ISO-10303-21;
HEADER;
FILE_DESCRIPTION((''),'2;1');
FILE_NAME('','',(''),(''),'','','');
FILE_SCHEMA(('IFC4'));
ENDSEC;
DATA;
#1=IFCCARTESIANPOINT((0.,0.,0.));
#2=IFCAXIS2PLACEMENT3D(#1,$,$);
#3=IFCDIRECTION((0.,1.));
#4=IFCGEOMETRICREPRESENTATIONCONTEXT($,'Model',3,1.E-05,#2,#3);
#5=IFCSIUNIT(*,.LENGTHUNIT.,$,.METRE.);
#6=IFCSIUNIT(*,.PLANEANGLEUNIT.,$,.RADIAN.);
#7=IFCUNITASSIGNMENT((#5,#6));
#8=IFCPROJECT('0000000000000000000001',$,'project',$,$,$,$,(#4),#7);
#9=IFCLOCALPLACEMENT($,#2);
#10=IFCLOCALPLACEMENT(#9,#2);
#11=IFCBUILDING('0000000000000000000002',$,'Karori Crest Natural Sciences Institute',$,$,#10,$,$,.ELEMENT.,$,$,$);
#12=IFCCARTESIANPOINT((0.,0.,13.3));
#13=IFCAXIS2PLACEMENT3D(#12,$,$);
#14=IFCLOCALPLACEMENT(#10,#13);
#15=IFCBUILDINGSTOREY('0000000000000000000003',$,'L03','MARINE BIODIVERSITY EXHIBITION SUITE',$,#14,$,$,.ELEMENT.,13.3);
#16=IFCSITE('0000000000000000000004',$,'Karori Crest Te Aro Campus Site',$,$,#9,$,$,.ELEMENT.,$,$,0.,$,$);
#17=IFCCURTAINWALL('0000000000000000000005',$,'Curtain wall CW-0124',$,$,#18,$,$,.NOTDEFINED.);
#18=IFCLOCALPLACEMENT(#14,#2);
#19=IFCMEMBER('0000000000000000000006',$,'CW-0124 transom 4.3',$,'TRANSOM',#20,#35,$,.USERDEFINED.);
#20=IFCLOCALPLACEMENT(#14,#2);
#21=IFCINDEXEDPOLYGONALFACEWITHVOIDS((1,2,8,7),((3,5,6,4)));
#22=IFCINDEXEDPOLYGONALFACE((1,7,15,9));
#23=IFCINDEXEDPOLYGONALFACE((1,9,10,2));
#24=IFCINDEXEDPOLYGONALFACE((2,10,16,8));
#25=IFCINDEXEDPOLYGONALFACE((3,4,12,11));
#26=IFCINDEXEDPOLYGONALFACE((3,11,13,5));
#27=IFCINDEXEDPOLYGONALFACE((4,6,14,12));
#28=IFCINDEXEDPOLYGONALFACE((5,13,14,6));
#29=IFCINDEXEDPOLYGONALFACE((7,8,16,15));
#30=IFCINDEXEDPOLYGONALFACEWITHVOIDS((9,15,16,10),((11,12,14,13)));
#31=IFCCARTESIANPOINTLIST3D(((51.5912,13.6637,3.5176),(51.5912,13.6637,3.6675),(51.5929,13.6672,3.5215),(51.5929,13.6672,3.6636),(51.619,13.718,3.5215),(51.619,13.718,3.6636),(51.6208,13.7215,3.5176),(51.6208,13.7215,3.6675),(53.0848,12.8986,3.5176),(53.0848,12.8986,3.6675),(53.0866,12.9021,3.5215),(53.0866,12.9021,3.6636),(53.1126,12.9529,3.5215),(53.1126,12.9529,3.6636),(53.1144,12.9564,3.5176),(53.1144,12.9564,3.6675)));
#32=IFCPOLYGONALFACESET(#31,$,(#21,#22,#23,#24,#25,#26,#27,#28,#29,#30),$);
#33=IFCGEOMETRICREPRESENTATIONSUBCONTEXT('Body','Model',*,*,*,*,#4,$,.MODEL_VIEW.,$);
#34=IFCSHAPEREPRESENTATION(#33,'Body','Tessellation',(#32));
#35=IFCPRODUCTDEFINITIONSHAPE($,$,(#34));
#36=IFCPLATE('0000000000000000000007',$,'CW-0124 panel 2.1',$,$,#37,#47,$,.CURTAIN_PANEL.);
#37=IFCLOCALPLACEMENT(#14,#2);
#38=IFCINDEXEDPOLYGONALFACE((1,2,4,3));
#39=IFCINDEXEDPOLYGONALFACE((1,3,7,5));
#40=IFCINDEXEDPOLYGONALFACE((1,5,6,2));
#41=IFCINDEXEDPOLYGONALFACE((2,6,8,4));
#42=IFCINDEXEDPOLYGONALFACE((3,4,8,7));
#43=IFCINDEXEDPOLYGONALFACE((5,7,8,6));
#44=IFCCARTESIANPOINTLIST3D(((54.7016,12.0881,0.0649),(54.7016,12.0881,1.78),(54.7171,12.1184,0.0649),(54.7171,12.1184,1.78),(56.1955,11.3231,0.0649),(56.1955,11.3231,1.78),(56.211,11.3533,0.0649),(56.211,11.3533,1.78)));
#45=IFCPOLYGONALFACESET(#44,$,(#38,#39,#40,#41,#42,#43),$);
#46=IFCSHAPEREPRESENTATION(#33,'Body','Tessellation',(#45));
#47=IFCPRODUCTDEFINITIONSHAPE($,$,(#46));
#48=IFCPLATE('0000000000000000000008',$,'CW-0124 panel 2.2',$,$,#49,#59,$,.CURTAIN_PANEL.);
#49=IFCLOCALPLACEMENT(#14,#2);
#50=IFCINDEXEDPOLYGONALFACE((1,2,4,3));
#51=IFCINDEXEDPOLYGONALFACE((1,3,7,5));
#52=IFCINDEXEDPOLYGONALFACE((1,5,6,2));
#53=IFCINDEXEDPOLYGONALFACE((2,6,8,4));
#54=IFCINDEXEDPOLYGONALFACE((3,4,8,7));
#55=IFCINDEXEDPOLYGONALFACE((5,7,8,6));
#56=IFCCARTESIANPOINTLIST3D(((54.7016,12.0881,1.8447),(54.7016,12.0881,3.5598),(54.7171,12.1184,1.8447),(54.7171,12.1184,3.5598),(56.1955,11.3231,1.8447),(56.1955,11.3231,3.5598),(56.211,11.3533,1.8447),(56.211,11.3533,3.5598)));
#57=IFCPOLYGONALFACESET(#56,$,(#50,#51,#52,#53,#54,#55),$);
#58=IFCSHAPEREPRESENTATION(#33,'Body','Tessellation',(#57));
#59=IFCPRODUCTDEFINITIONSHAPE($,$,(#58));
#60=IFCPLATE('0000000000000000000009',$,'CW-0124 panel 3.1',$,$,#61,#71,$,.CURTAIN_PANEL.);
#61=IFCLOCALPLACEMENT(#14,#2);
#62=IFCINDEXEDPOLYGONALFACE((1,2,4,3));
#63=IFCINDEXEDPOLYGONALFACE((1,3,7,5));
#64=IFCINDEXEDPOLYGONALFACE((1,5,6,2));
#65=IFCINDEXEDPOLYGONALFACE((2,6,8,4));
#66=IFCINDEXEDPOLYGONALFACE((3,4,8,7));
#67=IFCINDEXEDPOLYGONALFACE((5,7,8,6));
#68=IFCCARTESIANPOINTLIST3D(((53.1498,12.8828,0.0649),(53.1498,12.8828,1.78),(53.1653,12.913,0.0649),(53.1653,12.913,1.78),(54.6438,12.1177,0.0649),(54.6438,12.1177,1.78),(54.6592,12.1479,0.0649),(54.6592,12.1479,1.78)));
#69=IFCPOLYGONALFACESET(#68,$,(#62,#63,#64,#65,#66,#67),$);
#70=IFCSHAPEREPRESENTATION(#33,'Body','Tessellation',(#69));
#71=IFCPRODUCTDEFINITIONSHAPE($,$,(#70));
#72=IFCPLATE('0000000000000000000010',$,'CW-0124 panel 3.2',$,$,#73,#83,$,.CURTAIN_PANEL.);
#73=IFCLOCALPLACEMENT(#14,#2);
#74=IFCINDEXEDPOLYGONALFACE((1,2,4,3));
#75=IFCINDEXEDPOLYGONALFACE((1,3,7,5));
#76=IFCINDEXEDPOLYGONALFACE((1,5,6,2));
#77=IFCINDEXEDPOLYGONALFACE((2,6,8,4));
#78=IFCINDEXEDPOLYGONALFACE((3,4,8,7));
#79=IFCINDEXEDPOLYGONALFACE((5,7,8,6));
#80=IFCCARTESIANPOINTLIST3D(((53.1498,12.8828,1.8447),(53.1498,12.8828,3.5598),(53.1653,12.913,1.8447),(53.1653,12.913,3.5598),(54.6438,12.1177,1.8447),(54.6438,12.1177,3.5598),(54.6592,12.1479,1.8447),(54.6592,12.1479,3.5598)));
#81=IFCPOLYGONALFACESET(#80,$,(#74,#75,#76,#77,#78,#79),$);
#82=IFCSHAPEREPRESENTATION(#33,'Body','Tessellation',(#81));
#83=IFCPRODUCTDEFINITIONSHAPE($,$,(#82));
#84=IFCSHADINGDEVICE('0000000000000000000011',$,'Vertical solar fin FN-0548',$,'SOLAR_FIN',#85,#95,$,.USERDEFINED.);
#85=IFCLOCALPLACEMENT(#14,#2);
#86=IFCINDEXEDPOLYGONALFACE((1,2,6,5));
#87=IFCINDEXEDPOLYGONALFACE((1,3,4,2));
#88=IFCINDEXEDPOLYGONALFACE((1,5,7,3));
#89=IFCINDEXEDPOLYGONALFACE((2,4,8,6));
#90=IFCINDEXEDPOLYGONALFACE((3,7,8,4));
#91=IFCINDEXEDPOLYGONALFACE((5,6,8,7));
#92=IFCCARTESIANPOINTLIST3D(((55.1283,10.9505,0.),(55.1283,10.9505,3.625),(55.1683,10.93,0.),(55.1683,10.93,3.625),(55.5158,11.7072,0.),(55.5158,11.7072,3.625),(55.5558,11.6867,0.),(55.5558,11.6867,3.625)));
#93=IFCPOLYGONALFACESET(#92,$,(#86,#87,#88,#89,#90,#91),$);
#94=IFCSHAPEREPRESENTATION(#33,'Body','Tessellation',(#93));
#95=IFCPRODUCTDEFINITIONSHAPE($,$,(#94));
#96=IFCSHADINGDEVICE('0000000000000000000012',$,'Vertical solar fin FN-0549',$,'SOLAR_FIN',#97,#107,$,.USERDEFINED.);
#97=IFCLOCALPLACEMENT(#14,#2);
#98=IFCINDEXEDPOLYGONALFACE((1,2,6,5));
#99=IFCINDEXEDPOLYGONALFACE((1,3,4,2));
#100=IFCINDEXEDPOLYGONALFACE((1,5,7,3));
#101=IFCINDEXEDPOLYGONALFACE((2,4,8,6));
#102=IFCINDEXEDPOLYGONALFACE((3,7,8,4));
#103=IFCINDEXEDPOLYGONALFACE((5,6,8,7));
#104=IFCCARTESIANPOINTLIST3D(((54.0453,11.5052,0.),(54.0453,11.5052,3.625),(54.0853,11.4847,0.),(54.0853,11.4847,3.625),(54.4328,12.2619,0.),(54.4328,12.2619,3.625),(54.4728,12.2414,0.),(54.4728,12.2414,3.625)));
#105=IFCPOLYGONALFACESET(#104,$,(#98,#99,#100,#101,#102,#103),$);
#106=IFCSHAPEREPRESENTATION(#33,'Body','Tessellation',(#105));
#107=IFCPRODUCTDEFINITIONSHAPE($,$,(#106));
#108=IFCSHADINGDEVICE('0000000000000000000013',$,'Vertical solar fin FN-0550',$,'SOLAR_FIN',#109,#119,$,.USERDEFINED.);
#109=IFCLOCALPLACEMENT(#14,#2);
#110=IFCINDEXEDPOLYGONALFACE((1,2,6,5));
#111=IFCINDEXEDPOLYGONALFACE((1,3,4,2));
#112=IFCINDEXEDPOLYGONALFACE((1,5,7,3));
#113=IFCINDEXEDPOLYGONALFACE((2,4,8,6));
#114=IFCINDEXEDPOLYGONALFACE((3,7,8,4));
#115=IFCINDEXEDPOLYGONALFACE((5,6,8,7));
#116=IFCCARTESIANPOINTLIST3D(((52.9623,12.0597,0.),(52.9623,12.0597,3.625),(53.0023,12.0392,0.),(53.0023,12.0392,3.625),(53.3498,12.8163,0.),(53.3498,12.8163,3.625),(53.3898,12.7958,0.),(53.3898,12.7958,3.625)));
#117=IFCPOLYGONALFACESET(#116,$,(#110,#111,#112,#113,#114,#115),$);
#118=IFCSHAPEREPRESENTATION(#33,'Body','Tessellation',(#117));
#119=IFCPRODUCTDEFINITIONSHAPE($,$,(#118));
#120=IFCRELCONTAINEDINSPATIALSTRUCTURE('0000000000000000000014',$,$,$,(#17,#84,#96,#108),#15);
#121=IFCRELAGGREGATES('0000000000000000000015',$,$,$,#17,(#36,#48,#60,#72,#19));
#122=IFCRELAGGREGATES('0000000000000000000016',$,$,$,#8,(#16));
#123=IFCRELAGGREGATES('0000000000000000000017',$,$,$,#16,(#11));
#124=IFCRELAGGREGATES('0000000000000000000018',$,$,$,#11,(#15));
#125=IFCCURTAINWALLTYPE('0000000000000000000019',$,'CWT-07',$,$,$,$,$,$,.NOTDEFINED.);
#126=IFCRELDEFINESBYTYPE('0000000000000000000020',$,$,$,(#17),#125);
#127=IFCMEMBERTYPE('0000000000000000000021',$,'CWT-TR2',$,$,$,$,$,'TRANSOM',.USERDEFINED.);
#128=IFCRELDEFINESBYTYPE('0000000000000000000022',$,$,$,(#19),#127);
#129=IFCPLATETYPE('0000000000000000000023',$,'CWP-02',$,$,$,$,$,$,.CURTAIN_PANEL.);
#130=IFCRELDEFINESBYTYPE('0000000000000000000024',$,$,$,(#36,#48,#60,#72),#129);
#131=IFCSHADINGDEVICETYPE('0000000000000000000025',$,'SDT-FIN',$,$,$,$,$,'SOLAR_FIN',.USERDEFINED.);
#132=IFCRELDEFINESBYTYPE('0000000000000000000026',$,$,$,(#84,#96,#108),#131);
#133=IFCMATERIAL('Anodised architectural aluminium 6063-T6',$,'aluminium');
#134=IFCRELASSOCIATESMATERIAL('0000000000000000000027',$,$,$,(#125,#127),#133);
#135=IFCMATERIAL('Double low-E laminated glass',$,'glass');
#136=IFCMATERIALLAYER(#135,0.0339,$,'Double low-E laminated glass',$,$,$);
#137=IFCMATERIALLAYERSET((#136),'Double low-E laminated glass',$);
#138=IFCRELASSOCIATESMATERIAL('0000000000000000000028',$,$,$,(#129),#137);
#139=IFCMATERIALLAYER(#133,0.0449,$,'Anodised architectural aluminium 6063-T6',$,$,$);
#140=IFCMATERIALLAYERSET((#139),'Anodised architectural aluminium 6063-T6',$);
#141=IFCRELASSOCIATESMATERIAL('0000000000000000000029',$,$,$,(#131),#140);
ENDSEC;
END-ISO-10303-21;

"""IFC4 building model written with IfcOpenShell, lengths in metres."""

from ifc_helpers import new_model, si_unit, direction, frame, origin, origin_2d, place, context, subcontext, project, spatial, rectangle, hollow_rectangle, extrude, material, layer, layer_set, material_profile, profile_set, type_object, element, aggregate, save


model = new_model("IFC4")

# Units and contexts
model_context = context("Model", 3, precision=1e-05, world=origin(), true_north=direction((0.0, 1.0)))
body_context = subcontext(model_context, "Body", "Model", "MODEL_VIEW")
ifc_project = project(units=[si_unit("LENGTHUNIT", "METRE"), si_unit("PLANEANGLEUNIT", "RADIAN")], contexts=[model_context])

# Site, building, storey
site_placement = place(None, origin())
site = spatial("IfcSite", under=ifc_project, at=site_placement, Name="Karori Crest Te Aro Campus Site", CompositionType="ELEMENT", RefElevation=0.0)
building_placement = place(site_placement, origin())
building = spatial("IfcBuilding", under=site, at=building_placement, Name="Karori Crest Natural Sciences Institute", CompositionType="ELEMENT")
storey_placement = place(building_placement, frame((0.0, 0.0, 13.3)))
storey = spatial("IfcBuildingStorey", under=building, at=storey_placement, Name="L03", Description="MARINE BIODIVERSITY EXHIBITION SUITE", CompositionType="ELEMENT", Elevation=13.3)

# Curtain wall, member, plates
ifc_material_1 = material(Name="Anodised architectural aluminium 6063-T6", Category="aluminium")
curtain_wall_type = type_object("IfcCurtainWallType", Name="CWT-07", PredefinedType="NOTDEFINED", material=ifc_material_1)
curtain_wall_placement = place(storey_placement, origin())
curtain_wall = element("IfcCurtainWall", 1, at=curtain_wall_placement, inside=storey, type_object=curtain_wall_type, Name="Curtain wall CW-0124", PredefinedType="NOTDEFINED")
ifc_material_profile_1 = material_profile(ifc_material_1, hollow_rectangle(XDim=0.0649, YDim=0.1499, WallThickness=0.0039, at=origin_2d()), Name="CWT150x65x4")
ifc_profile_set_1 = profile_set([ifc_material_profile_1], Name="Anodised architectural aluminium 6063-T6")
member_type_1 = type_object("IfcMemberType", Name="CWT-TR2", ElementType="TRANSOM", PredefinedType="USERDEFINED", material=ifc_profile_set_1)
member_1_placement = place(storey_placement, frame((53.0996, 12.9275, 3.5925), z_axis=(-0.89002, 0.455921, 0.0), x_axis=(-0.455921, -0.89002, 0.0)))
member_1 = element("IfcMember", 2, at=member_1_placement, type_object=member_type_1, Name="CW-0124 transom 4.3", ObjectType="TRANSOM", PredefinedType="USERDEFINED", context=body_context, shape_type="SweptSolid", body=[
    extrude(hollow_rectangle(XDim=0.0649, YDim=0.1499, WallThickness=0.0039, at=origin_2d()), origin(), (0.0, 0.0, 1.0), 1.6782),
])
ifc_material_2 = material(Name="Double low-E laminated glass", Category="glass")
ifc_layer_1 = layer(ifc_material_2, 0.0339, Name="Double low-E laminated glass")
ifc_layer_set_1 = layer_set([ifc_layer_1], Name="Double low-E laminated glass")
plate_type = type_object("IfcPlateType", Name="CWP-02", PredefinedType="CURTAIN_PANEL", material=ifc_layer_set_1)
plate_1_placement = place(storey_placement, frame((55.4563, 11.7207, 0.0649), z_axis=(0.0, 0.0, 1.0), x_axis=(-0.890067, 0.455829, 0.0)))
plate_1 = element("IfcPlate", 3, at=plate_1_placement, type_object=plate_type, Name="CW-0124 panel 2.1", PredefinedType="CURTAIN_PANEL", context=body_context, shape_type="SweptSolid", body=[
    extrude(rectangle(XDim=1.6785, YDim=0.0339, at=origin_2d()), origin(), (0.0, 0.0, 1.0), 1.7151),
])
plate_2_placement = place(storey_placement, frame((55.4563, 11.7207, 1.8447), z_axis=(0.0, 0.0, 1.0), x_axis=(-0.890067, 0.455829, 0.0)))
plate_2 = element("IfcPlate", 4, at=plate_2_placement, type_object=plate_type, Name="CW-0124 panel 2.2", PredefinedType="CURTAIN_PANEL", context=body_context, shape_type="SweptSolid", body=[
    extrude(rectangle(XDim=1.6785, YDim=0.0339, at=origin_2d()), origin(), (0.0, 0.0, 1.0), 1.7151),
])
plate_3_placement = place(storey_placement, frame((53.9045, 12.5154, 0.0649), z_axis=(0.0, 0.0, 1.0), x_axis=(-0.890067, 0.455829, 0.0)))
plate_3 = element("IfcPlate", 5, at=plate_3_placement, type_object=plate_type, Name="CW-0124 panel 3.1", PredefinedType="CURTAIN_PANEL", context=body_context, shape_type="SweptSolid", body=[
    extrude(rectangle(XDim=1.6785, YDim=0.0339, at=origin_2d()), origin(), (0.0, 0.0, 1.0), 1.7151),
])
plate_4_placement = place(storey_placement, frame((53.9045, 12.5154, 1.8447), z_axis=(0.0, 0.0, 1.0), x_axis=(-0.890067, 0.455829, 0.0)))
plate_4 = element("IfcPlate", 6, at=plate_4_placement, type_object=plate_type, Name="CW-0124 panel 3.2", PredefinedType="CURTAIN_PANEL", context=body_context, shape_type="SweptSolid", body=[
    extrude(rectangle(XDim=1.6785, YDim=0.0339, at=origin_2d()), origin(), (0.0, 0.0, 1.0), 1.7151),
])
aggregate(curtain_wall, [plate_1, plate_2, plate_3, plate_4, member_1])

# Shading devices
ifc_layer_2 = layer(ifc_material_1, 0.0449, Name="Anodised architectural aluminium 6063-T6")
ifc_layer_set_2 = layer_set([ifc_layer_2], Name="Anodised architectural aluminium 6063-T6")
shading_device_type = type_object("IfcShadingDeviceType", Name="SDT-FIN", ElementType="SOLAR_FIN", PredefinedType="USERDEFINED", material=ifc_layer_set_2)
for number, where, z_axis, x_axis, name in (
    (7, (55.342, 11.3186, 0.0), (0.0, 0.0, 1.0), (-0.455829, -0.890067, 0.0), "Vertical solar fin FN-0548"),
    (8, (54.259, 11.8733, 0.0), (0.0, 0.0, 1.0), (-0.455829, -0.890067, 0.0), "Vertical solar fin FN-0549"),
    (9, (53.176, 12.4277, 0.0), (0.0, 0.0, 1.0), (-0.455829, -0.890067, 0.0), "Vertical solar fin FN-0550"),
):
    element("IfcShadingDevice", number, at=place(storey_placement, frame(where, z_axis=z_axis, x_axis=x_axis)), inside=storey, type_object=shading_device_type, Name=name, ObjectType="SOLAR_FIN", PredefinedType="USERDEFINED", context=body_context, shape_type="SweptSolid", body=[
        extrude(rectangle(XDim=0.8501, YDim=0.0449, at=origin_2d()), origin(), (0.0, 0.0, 1.0), 3.625),
    ])

save(model, "model.ifc")
